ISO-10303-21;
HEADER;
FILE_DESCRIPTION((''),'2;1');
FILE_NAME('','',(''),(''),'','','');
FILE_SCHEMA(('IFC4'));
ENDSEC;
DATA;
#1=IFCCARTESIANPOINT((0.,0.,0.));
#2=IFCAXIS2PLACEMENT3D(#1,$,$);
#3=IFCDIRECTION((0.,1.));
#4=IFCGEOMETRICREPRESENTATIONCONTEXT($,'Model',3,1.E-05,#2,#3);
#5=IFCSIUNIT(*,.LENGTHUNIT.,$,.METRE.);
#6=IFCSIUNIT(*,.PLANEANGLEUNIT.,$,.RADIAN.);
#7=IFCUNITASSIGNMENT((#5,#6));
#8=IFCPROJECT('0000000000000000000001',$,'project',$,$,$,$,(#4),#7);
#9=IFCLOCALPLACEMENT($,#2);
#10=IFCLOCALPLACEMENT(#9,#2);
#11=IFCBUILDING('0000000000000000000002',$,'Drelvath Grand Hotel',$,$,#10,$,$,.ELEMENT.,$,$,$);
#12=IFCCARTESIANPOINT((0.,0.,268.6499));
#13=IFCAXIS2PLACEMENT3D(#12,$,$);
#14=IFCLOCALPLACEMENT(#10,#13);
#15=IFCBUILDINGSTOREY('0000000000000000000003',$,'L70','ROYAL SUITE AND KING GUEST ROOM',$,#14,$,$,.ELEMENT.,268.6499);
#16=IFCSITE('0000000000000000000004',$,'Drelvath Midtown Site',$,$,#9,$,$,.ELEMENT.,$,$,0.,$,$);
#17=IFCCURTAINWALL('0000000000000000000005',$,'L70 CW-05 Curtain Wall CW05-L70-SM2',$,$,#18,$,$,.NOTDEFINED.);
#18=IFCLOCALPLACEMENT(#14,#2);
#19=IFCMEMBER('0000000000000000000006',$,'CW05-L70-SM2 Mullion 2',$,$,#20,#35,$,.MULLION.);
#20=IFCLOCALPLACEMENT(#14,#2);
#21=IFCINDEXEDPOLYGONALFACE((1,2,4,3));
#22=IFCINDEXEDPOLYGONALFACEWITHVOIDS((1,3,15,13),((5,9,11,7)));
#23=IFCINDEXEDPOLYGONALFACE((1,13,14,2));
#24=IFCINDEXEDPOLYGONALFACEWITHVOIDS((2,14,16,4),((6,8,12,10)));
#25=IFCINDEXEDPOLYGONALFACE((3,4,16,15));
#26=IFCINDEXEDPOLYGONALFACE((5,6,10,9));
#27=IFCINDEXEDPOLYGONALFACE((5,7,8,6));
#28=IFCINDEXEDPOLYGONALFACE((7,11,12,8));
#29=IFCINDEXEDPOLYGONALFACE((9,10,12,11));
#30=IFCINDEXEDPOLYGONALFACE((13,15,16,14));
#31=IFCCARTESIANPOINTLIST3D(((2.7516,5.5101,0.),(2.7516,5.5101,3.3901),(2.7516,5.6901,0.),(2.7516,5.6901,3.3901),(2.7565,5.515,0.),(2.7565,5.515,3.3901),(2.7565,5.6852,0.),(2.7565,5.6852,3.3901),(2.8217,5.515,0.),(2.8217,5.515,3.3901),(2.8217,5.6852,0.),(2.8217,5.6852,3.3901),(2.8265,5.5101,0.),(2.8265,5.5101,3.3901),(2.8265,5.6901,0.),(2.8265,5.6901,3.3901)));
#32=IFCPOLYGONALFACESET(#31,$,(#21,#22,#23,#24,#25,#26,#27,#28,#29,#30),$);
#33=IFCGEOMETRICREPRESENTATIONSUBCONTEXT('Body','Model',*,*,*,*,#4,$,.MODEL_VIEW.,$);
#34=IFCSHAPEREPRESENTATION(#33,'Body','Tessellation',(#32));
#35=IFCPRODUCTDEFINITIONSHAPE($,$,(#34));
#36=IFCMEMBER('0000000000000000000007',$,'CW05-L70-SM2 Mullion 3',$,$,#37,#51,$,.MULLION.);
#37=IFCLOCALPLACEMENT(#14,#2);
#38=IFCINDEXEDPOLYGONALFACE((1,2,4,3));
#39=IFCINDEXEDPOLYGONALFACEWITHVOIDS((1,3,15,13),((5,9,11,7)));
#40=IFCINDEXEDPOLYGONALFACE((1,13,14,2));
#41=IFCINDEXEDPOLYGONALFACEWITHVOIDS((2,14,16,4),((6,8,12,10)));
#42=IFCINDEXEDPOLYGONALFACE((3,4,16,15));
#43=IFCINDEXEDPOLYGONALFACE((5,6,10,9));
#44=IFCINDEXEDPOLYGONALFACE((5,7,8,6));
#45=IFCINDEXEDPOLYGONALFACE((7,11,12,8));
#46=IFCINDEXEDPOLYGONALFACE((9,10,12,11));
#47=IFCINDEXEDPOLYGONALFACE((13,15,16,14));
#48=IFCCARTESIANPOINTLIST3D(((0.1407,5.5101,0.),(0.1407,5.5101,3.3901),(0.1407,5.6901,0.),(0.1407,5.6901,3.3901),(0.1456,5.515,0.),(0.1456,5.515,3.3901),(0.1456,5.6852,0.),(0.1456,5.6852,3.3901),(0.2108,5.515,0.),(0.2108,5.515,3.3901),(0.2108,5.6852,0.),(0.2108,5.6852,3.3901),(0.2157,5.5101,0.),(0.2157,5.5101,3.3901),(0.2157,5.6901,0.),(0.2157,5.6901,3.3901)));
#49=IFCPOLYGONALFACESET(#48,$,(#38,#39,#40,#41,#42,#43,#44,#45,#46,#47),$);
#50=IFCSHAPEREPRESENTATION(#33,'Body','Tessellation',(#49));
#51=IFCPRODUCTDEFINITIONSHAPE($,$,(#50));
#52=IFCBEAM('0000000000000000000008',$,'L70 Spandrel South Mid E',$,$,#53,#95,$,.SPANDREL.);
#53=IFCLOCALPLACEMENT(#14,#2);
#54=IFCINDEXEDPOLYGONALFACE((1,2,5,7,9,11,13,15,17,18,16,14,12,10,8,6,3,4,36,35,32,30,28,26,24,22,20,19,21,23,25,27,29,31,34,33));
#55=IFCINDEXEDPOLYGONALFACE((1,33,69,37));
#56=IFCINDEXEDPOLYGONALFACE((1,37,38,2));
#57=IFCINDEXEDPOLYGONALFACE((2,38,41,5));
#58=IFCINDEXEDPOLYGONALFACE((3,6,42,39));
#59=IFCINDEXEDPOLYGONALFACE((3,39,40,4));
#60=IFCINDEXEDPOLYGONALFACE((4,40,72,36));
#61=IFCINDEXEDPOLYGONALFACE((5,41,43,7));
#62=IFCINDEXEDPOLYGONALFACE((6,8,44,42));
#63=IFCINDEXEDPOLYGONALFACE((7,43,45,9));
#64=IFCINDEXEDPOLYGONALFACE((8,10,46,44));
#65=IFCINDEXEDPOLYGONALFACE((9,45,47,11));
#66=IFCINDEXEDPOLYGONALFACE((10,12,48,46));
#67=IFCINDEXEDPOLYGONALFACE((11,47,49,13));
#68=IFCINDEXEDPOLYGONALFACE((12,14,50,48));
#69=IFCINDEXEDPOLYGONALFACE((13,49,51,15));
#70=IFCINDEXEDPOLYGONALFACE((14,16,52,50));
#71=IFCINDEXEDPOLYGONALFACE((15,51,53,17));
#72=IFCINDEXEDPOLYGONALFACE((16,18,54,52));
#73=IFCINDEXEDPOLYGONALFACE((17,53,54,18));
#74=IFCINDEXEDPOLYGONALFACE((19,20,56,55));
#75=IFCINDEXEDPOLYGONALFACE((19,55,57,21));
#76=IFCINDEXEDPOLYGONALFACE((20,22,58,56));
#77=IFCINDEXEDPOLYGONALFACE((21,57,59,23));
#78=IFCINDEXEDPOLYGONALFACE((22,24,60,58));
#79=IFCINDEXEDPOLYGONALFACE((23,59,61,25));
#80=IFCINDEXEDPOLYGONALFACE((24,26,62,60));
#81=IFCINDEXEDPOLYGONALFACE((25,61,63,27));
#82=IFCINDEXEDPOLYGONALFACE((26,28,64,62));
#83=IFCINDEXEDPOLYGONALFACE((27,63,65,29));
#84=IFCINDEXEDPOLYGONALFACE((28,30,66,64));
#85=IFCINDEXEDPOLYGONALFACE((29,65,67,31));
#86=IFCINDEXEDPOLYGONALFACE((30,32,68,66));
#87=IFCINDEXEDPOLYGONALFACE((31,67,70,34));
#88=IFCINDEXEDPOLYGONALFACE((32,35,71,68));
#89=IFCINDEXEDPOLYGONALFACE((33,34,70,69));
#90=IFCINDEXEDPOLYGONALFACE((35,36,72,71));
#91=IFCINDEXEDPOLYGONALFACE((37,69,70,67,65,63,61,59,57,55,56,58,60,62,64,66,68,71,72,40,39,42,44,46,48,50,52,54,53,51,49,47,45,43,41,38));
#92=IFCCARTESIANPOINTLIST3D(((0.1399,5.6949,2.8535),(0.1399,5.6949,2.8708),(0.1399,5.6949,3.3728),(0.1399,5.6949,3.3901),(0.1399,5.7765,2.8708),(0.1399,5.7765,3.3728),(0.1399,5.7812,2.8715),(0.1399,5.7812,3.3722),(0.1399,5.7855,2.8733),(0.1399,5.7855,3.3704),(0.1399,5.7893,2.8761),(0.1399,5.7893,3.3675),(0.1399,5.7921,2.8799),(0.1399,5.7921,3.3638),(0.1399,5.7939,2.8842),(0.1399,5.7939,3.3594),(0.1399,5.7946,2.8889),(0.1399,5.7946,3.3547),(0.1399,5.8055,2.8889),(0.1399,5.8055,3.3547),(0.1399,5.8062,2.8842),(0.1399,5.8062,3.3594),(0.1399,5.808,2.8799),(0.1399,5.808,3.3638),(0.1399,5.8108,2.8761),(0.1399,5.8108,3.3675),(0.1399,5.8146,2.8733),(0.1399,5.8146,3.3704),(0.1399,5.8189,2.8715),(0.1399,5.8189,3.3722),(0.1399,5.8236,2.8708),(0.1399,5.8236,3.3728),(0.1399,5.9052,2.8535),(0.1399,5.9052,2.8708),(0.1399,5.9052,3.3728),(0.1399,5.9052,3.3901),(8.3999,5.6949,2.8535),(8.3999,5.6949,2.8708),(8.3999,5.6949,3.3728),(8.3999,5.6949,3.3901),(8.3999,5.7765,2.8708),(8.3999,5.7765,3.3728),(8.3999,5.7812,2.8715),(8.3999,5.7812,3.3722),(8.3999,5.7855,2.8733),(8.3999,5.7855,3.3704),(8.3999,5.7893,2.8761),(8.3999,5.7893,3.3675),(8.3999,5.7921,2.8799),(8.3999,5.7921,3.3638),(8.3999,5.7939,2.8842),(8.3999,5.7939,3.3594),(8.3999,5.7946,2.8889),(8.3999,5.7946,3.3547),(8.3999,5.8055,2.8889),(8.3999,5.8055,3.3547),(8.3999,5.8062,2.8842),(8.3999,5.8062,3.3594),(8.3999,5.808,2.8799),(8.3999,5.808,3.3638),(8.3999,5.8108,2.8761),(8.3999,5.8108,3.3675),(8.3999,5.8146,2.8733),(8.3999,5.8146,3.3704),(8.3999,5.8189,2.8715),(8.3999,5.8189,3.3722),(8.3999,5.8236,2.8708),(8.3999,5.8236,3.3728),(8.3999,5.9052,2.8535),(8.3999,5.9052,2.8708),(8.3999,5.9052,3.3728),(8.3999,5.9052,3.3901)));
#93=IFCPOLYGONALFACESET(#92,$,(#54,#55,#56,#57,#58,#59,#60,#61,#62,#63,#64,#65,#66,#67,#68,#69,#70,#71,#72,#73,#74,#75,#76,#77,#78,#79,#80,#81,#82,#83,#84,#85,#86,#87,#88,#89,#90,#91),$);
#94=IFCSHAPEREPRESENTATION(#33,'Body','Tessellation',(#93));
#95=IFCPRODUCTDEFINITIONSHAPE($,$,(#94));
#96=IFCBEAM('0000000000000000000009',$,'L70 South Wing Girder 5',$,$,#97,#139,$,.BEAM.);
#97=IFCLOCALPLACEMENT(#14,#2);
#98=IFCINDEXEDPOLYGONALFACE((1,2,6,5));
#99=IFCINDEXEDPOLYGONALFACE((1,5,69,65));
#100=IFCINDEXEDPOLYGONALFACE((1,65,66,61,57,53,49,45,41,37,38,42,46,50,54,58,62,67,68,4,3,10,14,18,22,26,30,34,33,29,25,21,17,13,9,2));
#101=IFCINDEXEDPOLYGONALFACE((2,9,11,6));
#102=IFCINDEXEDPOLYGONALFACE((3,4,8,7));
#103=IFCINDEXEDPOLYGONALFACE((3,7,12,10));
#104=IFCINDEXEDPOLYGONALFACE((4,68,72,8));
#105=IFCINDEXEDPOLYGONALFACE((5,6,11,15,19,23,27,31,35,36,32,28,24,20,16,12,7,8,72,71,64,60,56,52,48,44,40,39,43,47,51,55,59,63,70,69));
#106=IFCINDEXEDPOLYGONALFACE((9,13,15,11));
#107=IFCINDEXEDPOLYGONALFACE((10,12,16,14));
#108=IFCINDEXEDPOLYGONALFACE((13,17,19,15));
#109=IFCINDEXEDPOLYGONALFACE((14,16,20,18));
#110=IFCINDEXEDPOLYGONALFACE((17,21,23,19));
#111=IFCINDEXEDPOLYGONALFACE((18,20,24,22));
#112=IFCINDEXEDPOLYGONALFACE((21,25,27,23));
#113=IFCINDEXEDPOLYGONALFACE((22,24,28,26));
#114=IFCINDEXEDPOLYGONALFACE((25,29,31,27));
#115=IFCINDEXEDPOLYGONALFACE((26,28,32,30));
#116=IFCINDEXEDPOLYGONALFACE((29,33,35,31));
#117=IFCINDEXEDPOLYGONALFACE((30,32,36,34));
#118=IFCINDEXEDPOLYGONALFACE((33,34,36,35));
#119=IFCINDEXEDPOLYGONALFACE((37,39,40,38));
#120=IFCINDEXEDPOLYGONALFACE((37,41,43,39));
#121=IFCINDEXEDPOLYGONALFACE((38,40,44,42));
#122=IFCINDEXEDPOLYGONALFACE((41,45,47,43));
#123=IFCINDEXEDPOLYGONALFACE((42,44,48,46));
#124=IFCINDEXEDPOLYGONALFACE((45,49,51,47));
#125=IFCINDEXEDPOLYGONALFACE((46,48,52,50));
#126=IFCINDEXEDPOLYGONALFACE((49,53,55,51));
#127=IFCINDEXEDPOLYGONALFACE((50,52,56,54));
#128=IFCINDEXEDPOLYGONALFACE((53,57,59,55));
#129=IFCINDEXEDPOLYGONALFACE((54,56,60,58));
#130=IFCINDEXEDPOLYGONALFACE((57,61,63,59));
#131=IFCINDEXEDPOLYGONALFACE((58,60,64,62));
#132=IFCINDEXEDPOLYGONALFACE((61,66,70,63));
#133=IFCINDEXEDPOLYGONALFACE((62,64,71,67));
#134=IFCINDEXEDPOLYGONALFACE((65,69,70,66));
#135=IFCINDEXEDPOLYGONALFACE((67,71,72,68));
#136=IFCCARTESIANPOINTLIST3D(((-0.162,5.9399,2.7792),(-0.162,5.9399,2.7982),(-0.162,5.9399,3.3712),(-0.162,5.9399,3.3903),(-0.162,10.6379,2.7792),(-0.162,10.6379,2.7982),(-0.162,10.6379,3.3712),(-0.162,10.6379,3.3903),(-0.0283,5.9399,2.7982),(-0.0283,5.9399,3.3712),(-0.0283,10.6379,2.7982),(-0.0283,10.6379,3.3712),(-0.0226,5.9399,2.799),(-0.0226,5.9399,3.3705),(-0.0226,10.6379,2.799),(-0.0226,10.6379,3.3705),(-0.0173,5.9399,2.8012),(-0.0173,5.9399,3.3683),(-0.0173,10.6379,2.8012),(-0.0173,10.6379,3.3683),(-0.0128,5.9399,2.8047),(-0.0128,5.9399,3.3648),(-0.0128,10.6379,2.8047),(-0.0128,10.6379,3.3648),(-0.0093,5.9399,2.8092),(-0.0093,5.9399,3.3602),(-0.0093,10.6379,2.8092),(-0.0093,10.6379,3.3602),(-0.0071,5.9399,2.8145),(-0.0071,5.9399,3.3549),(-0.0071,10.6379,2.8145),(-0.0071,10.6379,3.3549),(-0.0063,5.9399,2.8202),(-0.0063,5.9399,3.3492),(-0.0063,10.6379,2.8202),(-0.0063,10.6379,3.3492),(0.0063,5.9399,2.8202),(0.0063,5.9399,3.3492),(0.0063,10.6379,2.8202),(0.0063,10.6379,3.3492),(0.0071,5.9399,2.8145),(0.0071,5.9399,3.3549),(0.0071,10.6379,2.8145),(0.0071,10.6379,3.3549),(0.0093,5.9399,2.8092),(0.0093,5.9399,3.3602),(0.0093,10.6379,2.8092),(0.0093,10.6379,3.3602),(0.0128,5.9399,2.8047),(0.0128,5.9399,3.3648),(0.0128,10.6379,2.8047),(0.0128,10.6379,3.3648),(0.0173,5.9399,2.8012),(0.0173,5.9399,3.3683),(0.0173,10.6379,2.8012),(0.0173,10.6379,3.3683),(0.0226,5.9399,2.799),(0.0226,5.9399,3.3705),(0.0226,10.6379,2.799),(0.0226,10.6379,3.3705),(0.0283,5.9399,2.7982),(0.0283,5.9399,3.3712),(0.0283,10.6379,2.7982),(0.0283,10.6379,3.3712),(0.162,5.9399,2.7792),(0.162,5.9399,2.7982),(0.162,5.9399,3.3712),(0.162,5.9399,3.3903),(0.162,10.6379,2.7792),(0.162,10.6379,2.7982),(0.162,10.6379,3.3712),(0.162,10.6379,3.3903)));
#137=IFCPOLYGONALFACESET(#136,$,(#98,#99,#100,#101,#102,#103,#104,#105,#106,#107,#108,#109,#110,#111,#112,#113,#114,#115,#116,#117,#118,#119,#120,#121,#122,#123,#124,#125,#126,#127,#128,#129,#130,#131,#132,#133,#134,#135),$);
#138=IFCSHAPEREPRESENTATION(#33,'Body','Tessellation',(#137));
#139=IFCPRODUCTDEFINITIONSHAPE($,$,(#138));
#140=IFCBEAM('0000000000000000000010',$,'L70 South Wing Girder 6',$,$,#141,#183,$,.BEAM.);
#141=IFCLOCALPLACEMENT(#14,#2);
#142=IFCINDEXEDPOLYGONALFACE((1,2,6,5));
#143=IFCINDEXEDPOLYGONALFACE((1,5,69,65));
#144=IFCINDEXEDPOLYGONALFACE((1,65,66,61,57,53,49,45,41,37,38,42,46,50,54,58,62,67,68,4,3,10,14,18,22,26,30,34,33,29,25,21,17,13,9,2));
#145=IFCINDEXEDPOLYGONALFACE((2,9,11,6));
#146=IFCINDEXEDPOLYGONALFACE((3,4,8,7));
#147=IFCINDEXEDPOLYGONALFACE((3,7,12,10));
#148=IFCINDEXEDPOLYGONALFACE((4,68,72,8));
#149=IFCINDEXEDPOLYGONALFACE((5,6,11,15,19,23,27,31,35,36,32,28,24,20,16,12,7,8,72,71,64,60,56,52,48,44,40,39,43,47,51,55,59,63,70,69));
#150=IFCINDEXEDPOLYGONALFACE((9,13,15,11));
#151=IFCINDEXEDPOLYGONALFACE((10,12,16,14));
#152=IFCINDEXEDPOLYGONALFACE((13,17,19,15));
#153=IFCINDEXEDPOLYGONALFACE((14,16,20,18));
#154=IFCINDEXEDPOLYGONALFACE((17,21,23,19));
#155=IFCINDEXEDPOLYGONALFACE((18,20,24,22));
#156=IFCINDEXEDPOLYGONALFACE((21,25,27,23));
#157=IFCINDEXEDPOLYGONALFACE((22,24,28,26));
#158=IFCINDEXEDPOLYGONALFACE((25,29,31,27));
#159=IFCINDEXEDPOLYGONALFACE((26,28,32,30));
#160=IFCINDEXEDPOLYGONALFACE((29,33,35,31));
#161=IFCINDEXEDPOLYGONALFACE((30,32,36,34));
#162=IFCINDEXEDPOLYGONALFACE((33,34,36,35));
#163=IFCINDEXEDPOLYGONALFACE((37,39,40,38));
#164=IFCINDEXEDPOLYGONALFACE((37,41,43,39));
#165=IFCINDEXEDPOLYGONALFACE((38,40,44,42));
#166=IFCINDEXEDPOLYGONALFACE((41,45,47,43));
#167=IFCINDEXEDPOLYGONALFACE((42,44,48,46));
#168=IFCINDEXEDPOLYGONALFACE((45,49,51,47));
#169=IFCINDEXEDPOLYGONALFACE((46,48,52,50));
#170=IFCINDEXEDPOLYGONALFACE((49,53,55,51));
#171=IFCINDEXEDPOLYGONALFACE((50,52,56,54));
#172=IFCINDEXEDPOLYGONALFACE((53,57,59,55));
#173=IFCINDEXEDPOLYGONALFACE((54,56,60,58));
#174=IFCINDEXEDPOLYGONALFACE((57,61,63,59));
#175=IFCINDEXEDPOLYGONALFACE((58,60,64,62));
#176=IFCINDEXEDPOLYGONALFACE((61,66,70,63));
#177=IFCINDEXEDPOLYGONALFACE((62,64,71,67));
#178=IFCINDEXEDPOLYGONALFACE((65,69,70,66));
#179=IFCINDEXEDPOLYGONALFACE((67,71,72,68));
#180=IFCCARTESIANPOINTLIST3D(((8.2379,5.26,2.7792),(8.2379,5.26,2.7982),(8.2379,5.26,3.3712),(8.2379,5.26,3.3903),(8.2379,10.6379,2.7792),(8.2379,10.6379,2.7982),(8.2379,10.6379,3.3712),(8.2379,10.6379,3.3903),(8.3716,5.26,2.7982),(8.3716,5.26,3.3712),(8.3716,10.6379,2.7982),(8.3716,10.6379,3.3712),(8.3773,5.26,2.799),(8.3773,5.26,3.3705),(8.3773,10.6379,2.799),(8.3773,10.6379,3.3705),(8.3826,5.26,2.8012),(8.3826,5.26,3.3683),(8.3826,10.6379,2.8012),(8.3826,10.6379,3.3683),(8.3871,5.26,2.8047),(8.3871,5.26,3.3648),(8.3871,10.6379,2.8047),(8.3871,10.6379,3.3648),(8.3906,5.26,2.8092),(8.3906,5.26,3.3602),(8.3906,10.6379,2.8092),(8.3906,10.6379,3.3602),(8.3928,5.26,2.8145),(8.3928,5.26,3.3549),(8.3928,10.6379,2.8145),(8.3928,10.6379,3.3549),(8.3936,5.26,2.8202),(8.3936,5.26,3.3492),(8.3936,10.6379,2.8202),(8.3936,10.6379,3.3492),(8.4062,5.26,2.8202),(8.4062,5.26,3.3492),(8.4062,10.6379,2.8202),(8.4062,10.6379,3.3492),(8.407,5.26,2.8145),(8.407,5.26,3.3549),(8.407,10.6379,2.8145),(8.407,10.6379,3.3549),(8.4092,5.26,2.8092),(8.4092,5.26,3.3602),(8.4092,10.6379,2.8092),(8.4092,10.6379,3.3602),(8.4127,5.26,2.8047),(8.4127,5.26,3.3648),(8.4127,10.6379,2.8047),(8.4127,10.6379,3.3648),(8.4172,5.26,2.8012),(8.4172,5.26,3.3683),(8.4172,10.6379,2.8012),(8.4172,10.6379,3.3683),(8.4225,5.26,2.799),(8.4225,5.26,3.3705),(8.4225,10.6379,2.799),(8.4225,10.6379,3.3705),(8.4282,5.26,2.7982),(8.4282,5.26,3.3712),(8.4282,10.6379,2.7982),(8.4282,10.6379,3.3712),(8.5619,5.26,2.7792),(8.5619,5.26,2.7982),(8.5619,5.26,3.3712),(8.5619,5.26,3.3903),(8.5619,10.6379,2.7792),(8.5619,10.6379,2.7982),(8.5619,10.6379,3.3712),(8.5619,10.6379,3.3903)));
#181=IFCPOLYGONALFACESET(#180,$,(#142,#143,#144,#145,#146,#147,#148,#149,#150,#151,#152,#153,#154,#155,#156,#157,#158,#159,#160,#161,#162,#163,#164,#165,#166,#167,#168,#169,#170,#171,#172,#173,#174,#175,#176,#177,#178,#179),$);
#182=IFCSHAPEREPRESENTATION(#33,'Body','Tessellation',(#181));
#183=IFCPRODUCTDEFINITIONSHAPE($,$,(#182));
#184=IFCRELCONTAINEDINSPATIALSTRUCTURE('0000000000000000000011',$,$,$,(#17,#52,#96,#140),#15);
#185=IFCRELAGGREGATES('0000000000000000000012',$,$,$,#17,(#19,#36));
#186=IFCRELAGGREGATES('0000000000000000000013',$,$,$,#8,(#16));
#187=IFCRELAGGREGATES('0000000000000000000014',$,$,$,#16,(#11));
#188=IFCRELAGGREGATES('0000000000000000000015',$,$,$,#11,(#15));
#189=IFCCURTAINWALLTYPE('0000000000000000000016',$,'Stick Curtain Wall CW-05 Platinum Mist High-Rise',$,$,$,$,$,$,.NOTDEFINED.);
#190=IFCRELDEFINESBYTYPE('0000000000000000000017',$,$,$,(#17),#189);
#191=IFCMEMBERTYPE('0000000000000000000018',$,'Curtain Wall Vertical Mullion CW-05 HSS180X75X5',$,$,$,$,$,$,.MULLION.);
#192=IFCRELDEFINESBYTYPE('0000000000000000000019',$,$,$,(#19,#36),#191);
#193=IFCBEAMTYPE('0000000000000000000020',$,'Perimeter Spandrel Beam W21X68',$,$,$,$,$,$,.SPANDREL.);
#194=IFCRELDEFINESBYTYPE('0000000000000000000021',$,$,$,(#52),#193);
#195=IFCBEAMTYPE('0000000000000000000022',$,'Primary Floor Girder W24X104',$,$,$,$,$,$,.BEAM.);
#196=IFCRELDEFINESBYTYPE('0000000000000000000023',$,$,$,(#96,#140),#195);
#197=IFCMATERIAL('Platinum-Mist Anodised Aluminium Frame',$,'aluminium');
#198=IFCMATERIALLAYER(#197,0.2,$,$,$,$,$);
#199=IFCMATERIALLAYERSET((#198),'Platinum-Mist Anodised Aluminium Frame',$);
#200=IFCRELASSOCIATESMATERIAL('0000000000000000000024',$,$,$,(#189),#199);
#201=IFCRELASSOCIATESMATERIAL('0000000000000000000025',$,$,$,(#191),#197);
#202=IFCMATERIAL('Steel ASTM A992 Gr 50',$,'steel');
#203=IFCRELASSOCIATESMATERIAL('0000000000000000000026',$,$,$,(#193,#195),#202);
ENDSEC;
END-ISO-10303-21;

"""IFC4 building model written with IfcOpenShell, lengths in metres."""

from ifc_helpers import new_model, si_unit, direction, frame, origin, origin_2d, place, context, subcontext, project, spatial, hollow_rectangle, i_section, extrude, material, layer, layer_set, material_profile, profile_set, type_object, element, aggregate, save


model = new_model("IFC4")

# Units and contexts
model_context = context("Model", 3, precision=1e-05, world=origin(), true_north=direction((0.0, 1.0)))
body_context = subcontext(model_context, "Body", "Model", "MODEL_VIEW")
ifc_project = project(units=[si_unit("LENGTHUNIT", "METRE"), si_unit("PLANEANGLEUNIT", "RADIAN")], contexts=[model_context])

# Site, building, storey
site_placement = place(None, origin())
site = spatial("IfcSite", under=ifc_project, at=site_placement, Name="Drelvath Midtown Site", CompositionType="ELEMENT", RefElevation=0.0)
building_placement = place(site_placement, origin())
building = spatial("IfcBuilding", under=site, at=building_placement, Name="Drelvath Grand Hotel", CompositionType="ELEMENT")
storey_placement = place(building_placement, frame((0.0, 0.0, 268.6499)))
storey = spatial("IfcBuildingStorey", under=building, at=storey_placement, Name="L70", Description="ROYAL SUITE AND KING GUEST ROOM", CompositionType="ELEMENT", Elevation=268.6499)

# Curtain wall
ifc_material_1 = material(Name="Platinum-Mist Anodised Aluminium Frame", Category="aluminium")
ifc_layer_1 = layer(ifc_material_1, 0.2)
ifc_layer_set_1 = layer_set([ifc_layer_1], Name="Platinum-Mist Anodised Aluminium Frame")
curtain_wall_type = type_object("IfcCurtainWallType", Name="Stick Curtain Wall CW-05 Platinum Mist High-Rise", PredefinedType="NOTDEFINED", material=ifc_layer_set_1)
curtain_wall_1_placement = place(storey_placement, origin())
curtain_wall_1 = element("IfcCurtainWall", 1, at=curtain_wall_1_placement, inside=storey, type_object=curtain_wall_type, Name="L70 CW-05 Curtain Wall CW05-L70-SM2", PredefinedType="NOTDEFINED")

# Members
ifc_material_profile_1 = material_profile(ifc_material_1, hollow_rectangle(XDim=0.075, YDim=0.1799, WallThickness=0.0049, at=origin_2d()), Name="HSS180X75X5")
ifc_profile_set_1 = profile_set([ifc_material_profile_1], Name="Platinum-Mist Anodised Aluminium Frame")
member_type_1 = type_object("IfcMemberType", Name="Curtain Wall Vertical Mullion CW-05 HSS180X75X5", PredefinedType="MULLION", material=ifc_profile_set_1)
member_1_placement = place(storey_placement, frame((2.7891, 5.6001, 0.0), z_axis=(0.0, 0.0, 1.0), x_axis=(1.0, 0.0, 0.0)))
member_1 = element("IfcMember", 2, at=member_1_placement, type_object=member_type_1, Name="CW05-L70-SM2 Mullion 2", PredefinedType="MULLION", context=body_context, shape_type="SweptSolid", body=[
    extrude(hollow_rectangle(XDim=0.075, YDim=0.1799, WallThickness=0.0049, at=origin_2d()), origin(), (0.0, 0.0, 1.0), 3.3901),
])
member_2_placement = place(storey_placement, frame((0.1782, 5.6001, 0.0), z_axis=(0.0, 0.0, 1.0), x_axis=(1.0, 0.0, 0.0)))
member_2 = element("IfcMember", 3, at=member_2_placement, type_object=member_type_1, Name="CW05-L70-SM2 Mullion 3", PredefinedType="MULLION", context=body_context, shape_type="SweptSolid", body=[
    extrude(hollow_rectangle(XDim=0.075, YDim=0.1799, WallThickness=0.0049, at=origin_2d()), origin(), (0.0, 0.0, 1.0), 3.3901),
])

# Beams
ifc_material_2 = material(Name="Steel ASTM A992 Gr 50", Category="steel")
ifc_material_profile_2 = material_profile(ifc_material_2, i_section(OverallWidth=0.2102, OverallDepth=0.5366, WebThickness=0.011, FlangeThickness=0.0173, FilletRadius=0.0181, at=origin_2d()), Name="W21X68")
ifc_profile_set_2 = profile_set([ifc_material_profile_2], Name="Steel ASTM A992 Gr 50")
beam_type_1 = type_object("IfcBeamType", Name="Perimeter Spandrel Beam W21X68", PredefinedType="SPANDREL", material=ifc_profile_set_2)
beam_1_placement = place(storey_placement, frame((0.1399, 5.8, 3.1218), z_axis=(1.0, 0.0, 0.0), x_axis=(0.0, 1.0, 0.0)))
element("IfcBeam", 4, at=beam_1_placement, inside=storey, type_object=beam_type_1, Name="L70 Spandrel South Mid E", PredefinedType="SPANDREL", context=body_context, shape_type="SweptSolid", body=[
    extrude(i_section(OverallWidth=0.2102, OverallDepth=0.5366, WebThickness=0.011, FlangeThickness=0.0173, FilletRadius=0.0181, at=origin_2d()), origin(), (0.0, 0.0, 1.0), 8.26),
])
ifc_material_profile_3 = material_profile(ifc_material_2, i_section(OverallWidth=0.324, OverallDepth=0.6111, WebThickness=0.0127, FlangeThickness=0.019, FilletRadius=0.022, at=origin_2d()), Name="W24X104")
ifc_profile_set_3 = profile_set([ifc_material_profile_3], Name="Steel ASTM A992 Gr 50")
beam_type_2 = type_object("IfcBeamType", Name="Primary Floor Girder W24X104", PredefinedType="BEAM", material=ifc_profile_set_3)
beam_2_placement = place(storey_placement, frame((0.0, 5.9399, 3.0847), z_axis=(0.0, 1.0, 0.0), x_axis=(-1.0, 0.0, 0.0)))
element("IfcBeam", 5, at=beam_2_placement, inside=storey, type_object=beam_type_2, Name="L70 South Wing Girder 5", PredefinedType="BEAM", context=body_context, shape_type="SweptSolid", body=[
    extrude(i_section(OverallWidth=0.324, OverallDepth=0.6111, WebThickness=0.0127, FlangeThickness=0.019, FilletRadius=0.022, at=origin_2d()), origin(), (0.0, 0.0, 1.0), 4.698),
])
beam_3_placement = place(storey_placement, frame((8.3999, 5.26, 3.0847), z_axis=(0.0, 1.0, 0.0), x_axis=(-1.0, 0.0, 0.0)))
element("IfcBeam", 6, at=beam_3_placement, inside=storey, type_object=beam_type_2, Name="L70 South Wing Girder 6", PredefinedType="BEAM", context=body_context, shape_type="SweptSolid", body=[
    extrude(i_section(OverallWidth=0.324, OverallDepth=0.6111, WebThickness=0.0127, FlangeThickness=0.019, FilletRadius=0.022, at=origin_2d()), origin(), (0.0, 0.0, 1.0), 5.3779),
])

aggregate(curtain_wall_1, [member_1, member_2])

save(model, "model.ifc")
